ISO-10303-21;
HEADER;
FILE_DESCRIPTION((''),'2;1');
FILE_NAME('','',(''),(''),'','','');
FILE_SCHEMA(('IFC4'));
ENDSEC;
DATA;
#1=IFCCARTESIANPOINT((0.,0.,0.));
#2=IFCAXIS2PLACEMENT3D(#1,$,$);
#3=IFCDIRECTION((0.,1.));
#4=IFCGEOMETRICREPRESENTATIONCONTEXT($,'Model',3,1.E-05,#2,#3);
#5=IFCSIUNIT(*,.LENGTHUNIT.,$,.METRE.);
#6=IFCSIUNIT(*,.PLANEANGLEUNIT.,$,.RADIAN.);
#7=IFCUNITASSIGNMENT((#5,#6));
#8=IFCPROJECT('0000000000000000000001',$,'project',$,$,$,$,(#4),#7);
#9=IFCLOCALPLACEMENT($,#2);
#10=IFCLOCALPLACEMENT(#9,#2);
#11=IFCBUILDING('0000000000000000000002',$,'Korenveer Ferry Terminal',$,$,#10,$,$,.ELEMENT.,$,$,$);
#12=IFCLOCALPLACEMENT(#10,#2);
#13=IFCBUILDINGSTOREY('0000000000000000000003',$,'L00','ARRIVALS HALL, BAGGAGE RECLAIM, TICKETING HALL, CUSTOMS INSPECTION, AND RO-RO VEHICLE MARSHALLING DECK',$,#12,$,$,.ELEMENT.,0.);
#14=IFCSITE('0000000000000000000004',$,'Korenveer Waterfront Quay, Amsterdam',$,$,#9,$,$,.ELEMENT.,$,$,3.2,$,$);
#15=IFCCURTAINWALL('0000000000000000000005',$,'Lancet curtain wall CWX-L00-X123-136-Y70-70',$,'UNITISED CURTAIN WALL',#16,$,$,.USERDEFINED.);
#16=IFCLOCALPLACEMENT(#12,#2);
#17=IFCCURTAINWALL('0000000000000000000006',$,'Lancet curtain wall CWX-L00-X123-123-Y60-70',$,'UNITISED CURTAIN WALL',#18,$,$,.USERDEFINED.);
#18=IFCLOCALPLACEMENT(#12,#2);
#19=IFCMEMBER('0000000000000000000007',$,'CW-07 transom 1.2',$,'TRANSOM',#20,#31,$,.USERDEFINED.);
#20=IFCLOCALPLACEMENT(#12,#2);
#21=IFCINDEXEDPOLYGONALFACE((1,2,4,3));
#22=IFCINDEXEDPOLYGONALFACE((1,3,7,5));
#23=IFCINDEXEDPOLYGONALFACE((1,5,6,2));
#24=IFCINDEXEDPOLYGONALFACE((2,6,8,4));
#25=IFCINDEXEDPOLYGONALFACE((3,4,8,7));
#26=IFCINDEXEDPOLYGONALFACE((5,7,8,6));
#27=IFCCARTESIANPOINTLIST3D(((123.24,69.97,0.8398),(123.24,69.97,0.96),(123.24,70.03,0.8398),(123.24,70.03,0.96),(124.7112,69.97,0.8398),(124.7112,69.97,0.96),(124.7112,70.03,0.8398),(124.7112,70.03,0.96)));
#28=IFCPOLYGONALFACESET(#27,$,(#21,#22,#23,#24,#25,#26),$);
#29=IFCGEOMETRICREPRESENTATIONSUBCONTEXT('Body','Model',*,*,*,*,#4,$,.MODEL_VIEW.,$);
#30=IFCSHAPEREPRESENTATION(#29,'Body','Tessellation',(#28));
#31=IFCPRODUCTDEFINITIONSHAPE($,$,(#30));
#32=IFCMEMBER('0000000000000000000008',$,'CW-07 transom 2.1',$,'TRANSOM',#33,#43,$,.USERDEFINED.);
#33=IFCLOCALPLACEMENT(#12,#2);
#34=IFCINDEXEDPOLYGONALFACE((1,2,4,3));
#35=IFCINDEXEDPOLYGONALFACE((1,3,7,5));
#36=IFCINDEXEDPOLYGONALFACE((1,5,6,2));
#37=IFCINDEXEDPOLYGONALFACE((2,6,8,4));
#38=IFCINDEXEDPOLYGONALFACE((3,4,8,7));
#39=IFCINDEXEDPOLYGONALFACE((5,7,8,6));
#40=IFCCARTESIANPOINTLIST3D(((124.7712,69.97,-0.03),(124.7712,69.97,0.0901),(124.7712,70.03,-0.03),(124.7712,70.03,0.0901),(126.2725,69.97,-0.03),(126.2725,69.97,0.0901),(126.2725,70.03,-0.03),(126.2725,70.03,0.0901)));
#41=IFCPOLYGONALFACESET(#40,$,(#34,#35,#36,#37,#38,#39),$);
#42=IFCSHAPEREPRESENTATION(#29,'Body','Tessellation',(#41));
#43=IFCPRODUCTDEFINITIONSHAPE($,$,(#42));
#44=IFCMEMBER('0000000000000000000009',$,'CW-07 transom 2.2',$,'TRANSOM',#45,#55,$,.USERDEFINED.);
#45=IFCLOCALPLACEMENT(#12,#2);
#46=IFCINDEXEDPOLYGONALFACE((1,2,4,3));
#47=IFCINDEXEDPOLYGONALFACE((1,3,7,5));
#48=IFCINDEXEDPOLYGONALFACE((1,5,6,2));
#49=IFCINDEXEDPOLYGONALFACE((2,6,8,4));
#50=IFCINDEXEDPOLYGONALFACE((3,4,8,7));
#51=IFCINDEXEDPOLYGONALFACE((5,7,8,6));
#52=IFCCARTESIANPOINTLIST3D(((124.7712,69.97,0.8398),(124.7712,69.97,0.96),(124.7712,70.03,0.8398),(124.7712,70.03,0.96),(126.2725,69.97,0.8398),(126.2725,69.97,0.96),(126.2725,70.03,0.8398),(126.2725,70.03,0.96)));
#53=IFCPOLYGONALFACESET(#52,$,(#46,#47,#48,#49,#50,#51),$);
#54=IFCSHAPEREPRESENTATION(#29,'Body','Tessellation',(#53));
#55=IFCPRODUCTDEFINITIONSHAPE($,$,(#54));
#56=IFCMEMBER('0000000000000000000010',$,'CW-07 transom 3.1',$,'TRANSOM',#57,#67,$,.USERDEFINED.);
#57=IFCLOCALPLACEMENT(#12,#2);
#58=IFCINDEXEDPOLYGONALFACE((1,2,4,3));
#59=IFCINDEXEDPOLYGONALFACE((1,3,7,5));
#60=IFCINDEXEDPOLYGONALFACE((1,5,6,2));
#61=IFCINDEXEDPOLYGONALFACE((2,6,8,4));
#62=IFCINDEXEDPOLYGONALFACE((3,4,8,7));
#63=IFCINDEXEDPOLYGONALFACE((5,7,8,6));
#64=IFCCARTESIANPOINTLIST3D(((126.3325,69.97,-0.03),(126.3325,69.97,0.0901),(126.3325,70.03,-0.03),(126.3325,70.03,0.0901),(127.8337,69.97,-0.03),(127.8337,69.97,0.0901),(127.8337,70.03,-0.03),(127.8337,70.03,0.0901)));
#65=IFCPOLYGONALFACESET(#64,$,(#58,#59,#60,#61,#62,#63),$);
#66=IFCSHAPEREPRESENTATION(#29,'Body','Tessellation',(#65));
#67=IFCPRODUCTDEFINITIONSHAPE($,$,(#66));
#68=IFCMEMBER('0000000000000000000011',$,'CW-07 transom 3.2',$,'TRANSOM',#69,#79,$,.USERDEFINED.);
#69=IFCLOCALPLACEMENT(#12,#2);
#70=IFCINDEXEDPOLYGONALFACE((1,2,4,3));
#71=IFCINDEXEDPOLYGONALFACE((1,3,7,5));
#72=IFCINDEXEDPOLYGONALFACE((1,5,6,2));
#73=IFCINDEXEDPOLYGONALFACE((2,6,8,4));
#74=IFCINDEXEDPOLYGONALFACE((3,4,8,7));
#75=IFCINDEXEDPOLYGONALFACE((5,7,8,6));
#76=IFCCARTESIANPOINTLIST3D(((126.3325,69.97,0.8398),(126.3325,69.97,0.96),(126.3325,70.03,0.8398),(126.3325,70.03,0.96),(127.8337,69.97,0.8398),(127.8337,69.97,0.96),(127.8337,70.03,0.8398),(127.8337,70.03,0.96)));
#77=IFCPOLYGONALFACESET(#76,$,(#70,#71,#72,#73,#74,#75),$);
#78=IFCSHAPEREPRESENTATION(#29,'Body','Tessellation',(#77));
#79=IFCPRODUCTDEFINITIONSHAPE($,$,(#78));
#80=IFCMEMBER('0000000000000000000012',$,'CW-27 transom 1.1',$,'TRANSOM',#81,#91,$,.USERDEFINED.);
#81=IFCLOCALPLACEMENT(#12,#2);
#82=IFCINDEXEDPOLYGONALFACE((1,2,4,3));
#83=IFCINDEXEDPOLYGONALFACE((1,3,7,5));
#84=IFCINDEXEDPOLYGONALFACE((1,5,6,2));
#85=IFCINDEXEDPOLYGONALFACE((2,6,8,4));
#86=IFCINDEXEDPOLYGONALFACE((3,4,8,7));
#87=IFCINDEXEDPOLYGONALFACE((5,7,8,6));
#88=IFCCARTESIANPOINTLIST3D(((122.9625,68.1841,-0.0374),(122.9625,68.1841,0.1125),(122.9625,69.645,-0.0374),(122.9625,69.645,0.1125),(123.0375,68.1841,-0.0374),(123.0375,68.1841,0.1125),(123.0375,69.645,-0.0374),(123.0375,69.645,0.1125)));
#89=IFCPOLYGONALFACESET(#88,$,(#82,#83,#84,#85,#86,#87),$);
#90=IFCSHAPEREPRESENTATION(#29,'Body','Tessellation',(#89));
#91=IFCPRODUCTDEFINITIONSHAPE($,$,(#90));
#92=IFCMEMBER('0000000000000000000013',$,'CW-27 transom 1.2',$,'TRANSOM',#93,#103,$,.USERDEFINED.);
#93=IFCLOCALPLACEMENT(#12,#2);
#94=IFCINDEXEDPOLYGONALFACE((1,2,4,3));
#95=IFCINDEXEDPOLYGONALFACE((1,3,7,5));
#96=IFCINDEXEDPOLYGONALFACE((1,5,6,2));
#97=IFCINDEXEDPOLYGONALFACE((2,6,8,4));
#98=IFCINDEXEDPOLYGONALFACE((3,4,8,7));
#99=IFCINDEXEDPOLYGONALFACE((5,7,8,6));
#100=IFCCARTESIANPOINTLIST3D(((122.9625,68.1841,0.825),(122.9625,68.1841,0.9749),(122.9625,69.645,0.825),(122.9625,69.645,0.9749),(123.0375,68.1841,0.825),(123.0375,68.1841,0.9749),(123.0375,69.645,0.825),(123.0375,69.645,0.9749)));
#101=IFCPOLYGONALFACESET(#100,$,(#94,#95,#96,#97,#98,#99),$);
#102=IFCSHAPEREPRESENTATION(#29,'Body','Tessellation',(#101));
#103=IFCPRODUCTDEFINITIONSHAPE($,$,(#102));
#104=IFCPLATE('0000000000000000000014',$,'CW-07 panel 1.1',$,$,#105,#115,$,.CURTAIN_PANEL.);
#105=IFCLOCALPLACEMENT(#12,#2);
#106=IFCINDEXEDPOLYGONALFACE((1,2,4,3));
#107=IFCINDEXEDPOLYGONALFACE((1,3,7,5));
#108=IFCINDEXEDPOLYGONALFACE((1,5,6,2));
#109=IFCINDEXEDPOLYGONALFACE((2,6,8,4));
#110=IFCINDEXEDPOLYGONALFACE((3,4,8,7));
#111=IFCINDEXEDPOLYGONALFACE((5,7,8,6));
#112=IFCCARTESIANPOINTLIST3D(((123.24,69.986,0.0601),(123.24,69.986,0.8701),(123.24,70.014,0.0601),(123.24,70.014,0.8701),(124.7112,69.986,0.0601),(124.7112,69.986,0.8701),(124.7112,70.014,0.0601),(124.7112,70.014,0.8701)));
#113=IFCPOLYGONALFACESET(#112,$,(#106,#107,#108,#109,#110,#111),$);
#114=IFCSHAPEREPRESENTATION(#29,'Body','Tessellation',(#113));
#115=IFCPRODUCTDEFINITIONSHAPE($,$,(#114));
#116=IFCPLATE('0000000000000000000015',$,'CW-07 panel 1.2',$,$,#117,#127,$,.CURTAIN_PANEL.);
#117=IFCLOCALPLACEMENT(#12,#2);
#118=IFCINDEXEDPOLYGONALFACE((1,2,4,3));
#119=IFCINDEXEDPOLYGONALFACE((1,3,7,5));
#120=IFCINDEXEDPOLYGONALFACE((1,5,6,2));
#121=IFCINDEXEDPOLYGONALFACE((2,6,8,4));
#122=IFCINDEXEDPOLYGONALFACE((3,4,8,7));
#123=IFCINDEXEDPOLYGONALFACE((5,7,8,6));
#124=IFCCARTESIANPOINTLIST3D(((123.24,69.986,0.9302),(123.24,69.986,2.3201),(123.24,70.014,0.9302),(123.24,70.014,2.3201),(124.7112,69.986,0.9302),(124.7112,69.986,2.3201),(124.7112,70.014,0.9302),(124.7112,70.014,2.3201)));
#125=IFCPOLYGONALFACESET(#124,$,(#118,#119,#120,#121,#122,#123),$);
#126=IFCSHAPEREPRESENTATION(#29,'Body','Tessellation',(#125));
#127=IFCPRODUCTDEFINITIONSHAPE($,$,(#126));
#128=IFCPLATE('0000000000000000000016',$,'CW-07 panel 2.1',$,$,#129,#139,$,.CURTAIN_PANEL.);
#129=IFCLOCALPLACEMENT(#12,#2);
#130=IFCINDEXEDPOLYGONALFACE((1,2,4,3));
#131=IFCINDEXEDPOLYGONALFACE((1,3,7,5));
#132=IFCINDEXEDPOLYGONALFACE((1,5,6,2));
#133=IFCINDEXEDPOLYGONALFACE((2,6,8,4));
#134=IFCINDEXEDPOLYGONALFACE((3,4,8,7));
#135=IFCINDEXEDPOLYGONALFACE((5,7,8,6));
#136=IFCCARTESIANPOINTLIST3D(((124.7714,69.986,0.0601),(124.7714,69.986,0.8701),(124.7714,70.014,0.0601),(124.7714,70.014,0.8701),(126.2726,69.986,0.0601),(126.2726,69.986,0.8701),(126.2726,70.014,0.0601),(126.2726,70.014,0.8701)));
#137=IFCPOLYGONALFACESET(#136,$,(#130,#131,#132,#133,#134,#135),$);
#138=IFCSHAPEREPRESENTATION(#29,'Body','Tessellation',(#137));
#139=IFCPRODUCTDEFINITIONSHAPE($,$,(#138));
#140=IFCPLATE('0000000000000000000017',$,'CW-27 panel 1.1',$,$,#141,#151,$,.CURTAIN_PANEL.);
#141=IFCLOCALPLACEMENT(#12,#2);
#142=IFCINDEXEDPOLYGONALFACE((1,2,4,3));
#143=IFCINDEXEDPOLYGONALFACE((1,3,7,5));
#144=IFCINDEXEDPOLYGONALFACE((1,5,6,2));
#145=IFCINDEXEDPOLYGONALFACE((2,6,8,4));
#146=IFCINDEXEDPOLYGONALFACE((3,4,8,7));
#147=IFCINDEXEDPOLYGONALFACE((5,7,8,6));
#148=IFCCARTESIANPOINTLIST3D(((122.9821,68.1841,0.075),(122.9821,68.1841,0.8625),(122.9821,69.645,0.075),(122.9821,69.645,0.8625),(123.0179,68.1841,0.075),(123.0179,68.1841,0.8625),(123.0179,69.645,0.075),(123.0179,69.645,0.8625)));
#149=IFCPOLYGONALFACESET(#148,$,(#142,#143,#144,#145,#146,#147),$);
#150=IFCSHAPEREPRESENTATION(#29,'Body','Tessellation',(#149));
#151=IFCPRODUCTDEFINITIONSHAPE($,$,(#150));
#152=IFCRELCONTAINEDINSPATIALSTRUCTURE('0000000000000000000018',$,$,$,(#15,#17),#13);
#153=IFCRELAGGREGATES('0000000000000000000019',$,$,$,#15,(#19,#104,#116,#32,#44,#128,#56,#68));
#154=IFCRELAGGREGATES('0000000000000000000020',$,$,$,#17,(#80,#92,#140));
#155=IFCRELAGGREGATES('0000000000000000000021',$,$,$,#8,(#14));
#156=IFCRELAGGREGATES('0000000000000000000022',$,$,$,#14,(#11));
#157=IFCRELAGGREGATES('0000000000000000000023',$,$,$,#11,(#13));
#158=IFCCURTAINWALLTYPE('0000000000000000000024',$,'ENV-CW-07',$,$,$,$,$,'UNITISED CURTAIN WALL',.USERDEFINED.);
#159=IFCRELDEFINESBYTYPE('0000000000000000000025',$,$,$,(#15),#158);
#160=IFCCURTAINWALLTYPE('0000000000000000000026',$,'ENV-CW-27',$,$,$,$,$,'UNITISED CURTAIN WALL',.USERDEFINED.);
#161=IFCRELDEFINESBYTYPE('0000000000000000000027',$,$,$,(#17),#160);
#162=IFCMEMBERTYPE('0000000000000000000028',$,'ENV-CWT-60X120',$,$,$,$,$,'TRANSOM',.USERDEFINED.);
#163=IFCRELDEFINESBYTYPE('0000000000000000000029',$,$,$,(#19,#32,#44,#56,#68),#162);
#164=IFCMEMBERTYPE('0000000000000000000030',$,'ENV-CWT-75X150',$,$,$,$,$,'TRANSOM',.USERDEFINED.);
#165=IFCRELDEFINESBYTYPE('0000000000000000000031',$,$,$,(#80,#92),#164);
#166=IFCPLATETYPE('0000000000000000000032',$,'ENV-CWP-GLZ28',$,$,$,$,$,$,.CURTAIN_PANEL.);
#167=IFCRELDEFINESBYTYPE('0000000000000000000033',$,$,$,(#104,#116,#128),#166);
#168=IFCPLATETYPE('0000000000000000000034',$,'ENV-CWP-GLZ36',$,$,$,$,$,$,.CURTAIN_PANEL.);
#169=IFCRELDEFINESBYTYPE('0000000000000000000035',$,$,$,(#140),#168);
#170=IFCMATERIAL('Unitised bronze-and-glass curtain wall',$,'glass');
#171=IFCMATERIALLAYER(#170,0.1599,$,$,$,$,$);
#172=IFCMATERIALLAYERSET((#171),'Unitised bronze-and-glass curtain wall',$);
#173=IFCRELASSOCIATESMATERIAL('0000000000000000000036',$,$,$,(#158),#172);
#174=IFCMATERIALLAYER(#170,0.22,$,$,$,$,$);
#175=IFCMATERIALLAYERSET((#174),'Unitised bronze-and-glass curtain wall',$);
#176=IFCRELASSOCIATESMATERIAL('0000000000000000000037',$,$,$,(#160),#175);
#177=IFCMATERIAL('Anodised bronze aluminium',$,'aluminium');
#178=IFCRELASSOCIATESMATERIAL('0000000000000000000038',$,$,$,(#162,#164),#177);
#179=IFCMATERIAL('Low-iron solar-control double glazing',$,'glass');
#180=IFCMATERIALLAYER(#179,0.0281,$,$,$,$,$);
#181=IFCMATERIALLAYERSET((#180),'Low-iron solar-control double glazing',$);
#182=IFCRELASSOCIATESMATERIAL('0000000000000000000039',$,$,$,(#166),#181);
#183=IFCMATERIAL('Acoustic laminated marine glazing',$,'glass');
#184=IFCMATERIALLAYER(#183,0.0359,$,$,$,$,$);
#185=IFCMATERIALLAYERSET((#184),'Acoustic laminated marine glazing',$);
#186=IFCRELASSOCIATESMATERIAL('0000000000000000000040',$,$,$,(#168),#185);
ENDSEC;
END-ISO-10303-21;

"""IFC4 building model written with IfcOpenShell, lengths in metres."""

from ifc_helpers import new_model, si_unit, direction, frame, origin, origin_2d, place, context, subcontext, project, spatial, rectangle, extrude, material, layer, layer_set, material_profile, profile_set, type_object, element, aggregate, save


model = new_model("IFC4")

# Units and contexts
model_context = context("Model", 3, precision=1e-05, world=origin(), true_north=direction((0.0, 1.0)))
body_context = subcontext(model_context, "Body", "Model", "MODEL_VIEW")
ifc_project = project(units=[si_unit("LENGTHUNIT", "METRE"), si_unit("PLANEANGLEUNIT", "RADIAN")], contexts=[model_context])

# Site, building, storey
site_placement = place(None, origin())
site = spatial("IfcSite", under=ifc_project, at=site_placement, Name="Korenveer Waterfront Quay, Amsterdam", CompositionType="ELEMENT", RefElevation=3.2)
building_placement = place(site_placement, origin())
building = spatial("IfcBuilding", under=site, at=building_placement, Name="Korenveer Ferry Terminal", CompositionType="ELEMENT")
storey_placement = place(building_placement, origin())
storey = spatial("IfcBuildingStorey", under=building, at=storey_placement, Name="L00", Description="ARRIVALS HALL, BAGGAGE RECLAIM, TICKETING HALL, CUSTOMS INSPECTION, AND RO-RO VEHICLE MARSHALLING DECK", CompositionType="ELEMENT", Elevation=0.0)

# Curtain walls
ifc_material_1 = material(Name="Unitised bronze-and-glass curtain wall", Category="glass")
ifc_layer_1 = layer(ifc_material_1, 0.1599)
ifc_layer_set_1 = layer_set([ifc_layer_1], Name="Unitised bronze-and-glass curtain wall")
curtain_wall_type_1 = type_object("IfcCurtainWallType", Name="ENV-CW-07", ElementType="UNITISED CURTAIN WALL", PredefinedType="USERDEFINED", material=ifc_layer_set_1)
curtain_wall_1_placement = place(storey_placement, frame((123.1799, 70.0, 0.0)))
curtain_wall_1 = element("IfcCurtainWall", 1, at=curtain_wall_1_placement, inside=storey, type_object=curtain_wall_type_1, Name="Lancet curtain wall CWX-L00-X123-136-Y70-70", ObjectType="UNITISED CURTAIN WALL", PredefinedType="USERDEFINED")
ifc_material_2 = material(Name="Anodised bronze aluminium", Category="aluminium")
ifc_layer_2 = layer(ifc_material_1, 0.22)
ifc_layer_set_2 = layer_set([ifc_layer_2], Name="Unitised bronze-and-glass curtain wall")
curtain_wall_type_2 = type_object("IfcCurtainWallType", Name="ENV-CW-27", ElementType="UNITISED CURTAIN WALL", PredefinedType="USERDEFINED", material=ifc_layer_set_2)
curtain_wall_2_placement = place(storey_placement, frame((123.0, 69.72, 0.0)))
curtain_wall_2 = element("IfcCurtainWall", 2, at=curtain_wall_2_placement, inside=storey, type_object=curtain_wall_type_2, Name="Lancet curtain wall CWX-L00-X123-123-Y60-70", ObjectType="UNITISED CURTAIN WALL", PredefinedType="USERDEFINED")

# Members
ifc_material_profile_1 = material_profile(ifc_material_2, rectangle(XDim=0.0601, YDim=0.1201, at=origin_2d()), Name="ALU 60x120")
ifc_profile_set_1 = profile_set([ifc_material_profile_1], Name="Anodised bronze aluminium")
member_type_1 = type_object("IfcMemberType", Name="ENV-CWT-60X120", ElementType="TRANSOM", PredefinedType="USERDEFINED", material=ifc_profile_set_1)
member_1_placement = place(storey_placement, frame((123.24, 70.0, 0.8999), z_axis=(1.0, 0.0, 0.0), x_axis=(0.0, 1.0, 0.0)))
member_1 = element("IfcMember", 3, at=member_1_placement, type_object=member_type_1, Name="CW-07 transom 1.2", ObjectType="TRANSOM", PredefinedType="USERDEFINED", context=body_context, shape_type="SweptSolid", body=[
    extrude(rectangle(XDim=0.0601, YDim=0.1201, at=origin_2d()), origin(), (0.0, 0.0, 1.0), 1.4712),
])
member_2_placement = place(storey_placement, frame((124.7712, 70.0, 0.03), z_axis=(1.0, 0.0, 0.0), x_axis=(0.0, 1.0, 0.0)))
member_2 = element("IfcMember", 4, at=member_2_placement, type_object=member_type_1, Name="CW-07 transom 2.1", ObjectType="TRANSOM", PredefinedType="USERDEFINED", context=body_context, shape_type="SweptSolid", body=[
    extrude(rectangle(XDim=0.0601, YDim=0.1201, at=origin_2d()), origin(), (0.0, 0.0, 1.0), 1.5012),
])
member_3_placement = place(storey_placement, frame((124.7712, 70.0, 0.8999), z_axis=(1.0, 0.0, 0.0), x_axis=(0.0, 1.0, 0.0)))
member_3 = element("IfcMember", 5, at=member_3_placement, type_object=member_type_1, Name="CW-07 transom 2.2", ObjectType="TRANSOM", PredefinedType="USERDEFINED", context=body_context, shape_type="SweptSolid", body=[
    extrude(rectangle(XDim=0.0601, YDim=0.1201, at=origin_2d()), origin(), (0.0, 0.0, 1.0), 1.5012),
])
member_4_placement = place(storey_placement, frame((126.3325, 70.0, 0.03), z_axis=(1.0, 0.0, 0.0), x_axis=(0.0, 1.0, 0.0)))
member_4 = element("IfcMember", 6, at=member_4_placement, type_object=member_type_1, Name="CW-07 transom 3.1", ObjectType="TRANSOM", PredefinedType="USERDEFINED", context=body_context, shape_type="SweptSolid", body=[
    extrude(rectangle(XDim=0.0601, YDim=0.1201, at=origin_2d()), origin(), (0.0, 0.0, 1.0), 1.5012),
])
member_5_placement = place(storey_placement, frame((126.3325, 70.0, 0.8999), z_axis=(1.0, 0.0, 0.0), x_axis=(0.0, 1.0, 0.0)))
member_5 = element("IfcMember", 7, at=member_5_placement, type_object=member_type_1, Name="CW-07 transom 3.2", ObjectType="TRANSOM", PredefinedType="USERDEFINED", context=body_context, shape_type="SweptSolid", body=[
    extrude(rectangle(XDim=0.0601, YDim=0.1201, at=origin_2d()), origin(), (0.0, 0.0, 1.0), 1.5012),
])
ifc_material_profile_2 = material_profile(ifc_material_2, rectangle(XDim=0.075, YDim=0.1499, at=origin_2d()), Name="ALU 75x150")
ifc_profile_set_2 = profile_set([ifc_material_profile_2], Name="Anodised bronze aluminium")
member_type_2 = type_object("IfcMemberType", Name="ENV-CWT-75X150", ElementType="TRANSOM", PredefinedType="USERDEFINED", material=ifc_profile_set_2)
member_6_placement = place(storey_placement, frame((123.0, 69.645, 0.0376), z_axis=(0.0, -1.0, 0.0), x_axis=(1.0, 0.0, 0.0)))
member_6 = element("IfcMember", 8, at=member_6_placement, type_object=member_type_2, Name="CW-27 transom 1.1", ObjectType="TRANSOM", PredefinedType="USERDEFINED", context=body_context, shape_type="SweptSolid", body=[
    extrude(rectangle(XDim=0.075, YDim=0.1499, at=origin_2d()), origin(), (0.0, 0.0, 1.0), 1.4609),
])
member_7_placement = place(storey_placement, frame((123.0, 69.645, 0.8999), z_axis=(0.0, -1.0, 0.0), x_axis=(1.0, 0.0, 0.0)))
member_7 = element("IfcMember", 9, at=member_7_placement, type_object=member_type_2, Name="CW-27 transom 1.2", ObjectType="TRANSOM", PredefinedType="USERDEFINED", context=body_context, shape_type="SweptSolid", body=[
    extrude(rectangle(XDim=0.075, YDim=0.1499, at=origin_2d()), origin(), (0.0, 0.0, 1.0), 1.4609),
])

# Plates
ifc_material_3 = material(Name="Low-iron solar-control double glazing", Category="glass")
ifc_layer_3 = layer(ifc_material_3, 0.0281)
ifc_layer_set_3 = layer_set([ifc_layer_3], Name="Low-iron solar-control double glazing")
plate_type_1 = type_object("IfcPlateType", Name="ENV-CWP-GLZ28", PredefinedType="CURTAIN_PANEL", material=ifc_layer_set_3)
plate_1_placement = place(storey_placement, frame((123.9756, 70.0, 0.0601), z_axis=(0.0, 0.0, 1.0), x_axis=(1.0, 0.0, 0.0)))
plate_1 = element("IfcPlate", 10, at=plate_1_placement, type_object=plate_type_1, Name="CW-07 panel 1.1", PredefinedType="CURTAIN_PANEL", context=body_context, shape_type="SweptSolid", body=[
    extrude(rectangle(XDim=1.4712, YDim=0.0281, at=origin_2d()), origin(), (0.0, 0.0, 1.0), 0.8101),
])
plate_2_placement = place(storey_placement, frame((123.9756, 70.0, 0.9302), z_axis=(0.0, 0.0, 1.0), x_axis=(1.0, 0.0, 0.0)))
plate_2 = element("IfcPlate", 11, at=plate_2_placement, type_object=plate_type_1, Name="CW-07 panel 1.2", PredefinedType="CURTAIN_PANEL", context=body_context, shape_type="SweptSolid", body=[
    extrude(rectangle(XDim=1.4712, YDim=0.0281, at=origin_2d()), origin(), (0.0, 0.0, 1.0), 1.3899),
])
plate_3_placement = place(storey_placement, frame((125.522, 70.0, 0.0601), z_axis=(0.0, 0.0, 1.0), x_axis=(1.0, 0.0, 0.0)))
plate_3 = element("IfcPlate", 12, at=plate_3_placement, type_object=plate_type_1, Name="CW-07 panel 2.1", PredefinedType="CURTAIN_PANEL", context=body_context, shape_type="SweptSolid", body=[
    extrude(rectangle(XDim=1.5012, YDim=0.0281, at=origin_2d()), origin(), (0.0, 0.0, 1.0), 0.8101),
])
aggregate(curtain_wall_1, [member_1, plate_1, plate_2, member_2, member_3, plate_3, member_4, member_5])
ifc_material_4 = material(Name="Acoustic laminated marine glazing", Category="glass")
ifc_layer_4 = layer(ifc_material_4, 0.0359)
ifc_layer_set_4 = layer_set([ifc_layer_4], Name="Acoustic laminated marine glazing")
plate_type_2 = type_object("IfcPlateType", Name="ENV-CWP-GLZ36", PredefinedType="CURTAIN_PANEL", material=ifc_layer_set_4)
plate_4_placement = place(storey_placement, frame((123.0, 68.9146, 0.075), z_axis=(0.0, 0.0, 1.0), x_axis=(0.0, -1.0, 0.0)))
plate_4 = element("IfcPlate", 13, at=plate_4_placement, type_object=plate_type_2, Name="CW-27 panel 1.1", PredefinedType="CURTAIN_PANEL", context=body_context, shape_type="SweptSolid", body=[
    extrude(rectangle(XDim=1.4609, YDim=0.0359, at=origin_2d()), origin(), (0.0, 0.0, 1.0), 0.7876),
])
aggregate(curtain_wall_2, [member_6, member_7, plate_4])

save(model, "model.ifc")
